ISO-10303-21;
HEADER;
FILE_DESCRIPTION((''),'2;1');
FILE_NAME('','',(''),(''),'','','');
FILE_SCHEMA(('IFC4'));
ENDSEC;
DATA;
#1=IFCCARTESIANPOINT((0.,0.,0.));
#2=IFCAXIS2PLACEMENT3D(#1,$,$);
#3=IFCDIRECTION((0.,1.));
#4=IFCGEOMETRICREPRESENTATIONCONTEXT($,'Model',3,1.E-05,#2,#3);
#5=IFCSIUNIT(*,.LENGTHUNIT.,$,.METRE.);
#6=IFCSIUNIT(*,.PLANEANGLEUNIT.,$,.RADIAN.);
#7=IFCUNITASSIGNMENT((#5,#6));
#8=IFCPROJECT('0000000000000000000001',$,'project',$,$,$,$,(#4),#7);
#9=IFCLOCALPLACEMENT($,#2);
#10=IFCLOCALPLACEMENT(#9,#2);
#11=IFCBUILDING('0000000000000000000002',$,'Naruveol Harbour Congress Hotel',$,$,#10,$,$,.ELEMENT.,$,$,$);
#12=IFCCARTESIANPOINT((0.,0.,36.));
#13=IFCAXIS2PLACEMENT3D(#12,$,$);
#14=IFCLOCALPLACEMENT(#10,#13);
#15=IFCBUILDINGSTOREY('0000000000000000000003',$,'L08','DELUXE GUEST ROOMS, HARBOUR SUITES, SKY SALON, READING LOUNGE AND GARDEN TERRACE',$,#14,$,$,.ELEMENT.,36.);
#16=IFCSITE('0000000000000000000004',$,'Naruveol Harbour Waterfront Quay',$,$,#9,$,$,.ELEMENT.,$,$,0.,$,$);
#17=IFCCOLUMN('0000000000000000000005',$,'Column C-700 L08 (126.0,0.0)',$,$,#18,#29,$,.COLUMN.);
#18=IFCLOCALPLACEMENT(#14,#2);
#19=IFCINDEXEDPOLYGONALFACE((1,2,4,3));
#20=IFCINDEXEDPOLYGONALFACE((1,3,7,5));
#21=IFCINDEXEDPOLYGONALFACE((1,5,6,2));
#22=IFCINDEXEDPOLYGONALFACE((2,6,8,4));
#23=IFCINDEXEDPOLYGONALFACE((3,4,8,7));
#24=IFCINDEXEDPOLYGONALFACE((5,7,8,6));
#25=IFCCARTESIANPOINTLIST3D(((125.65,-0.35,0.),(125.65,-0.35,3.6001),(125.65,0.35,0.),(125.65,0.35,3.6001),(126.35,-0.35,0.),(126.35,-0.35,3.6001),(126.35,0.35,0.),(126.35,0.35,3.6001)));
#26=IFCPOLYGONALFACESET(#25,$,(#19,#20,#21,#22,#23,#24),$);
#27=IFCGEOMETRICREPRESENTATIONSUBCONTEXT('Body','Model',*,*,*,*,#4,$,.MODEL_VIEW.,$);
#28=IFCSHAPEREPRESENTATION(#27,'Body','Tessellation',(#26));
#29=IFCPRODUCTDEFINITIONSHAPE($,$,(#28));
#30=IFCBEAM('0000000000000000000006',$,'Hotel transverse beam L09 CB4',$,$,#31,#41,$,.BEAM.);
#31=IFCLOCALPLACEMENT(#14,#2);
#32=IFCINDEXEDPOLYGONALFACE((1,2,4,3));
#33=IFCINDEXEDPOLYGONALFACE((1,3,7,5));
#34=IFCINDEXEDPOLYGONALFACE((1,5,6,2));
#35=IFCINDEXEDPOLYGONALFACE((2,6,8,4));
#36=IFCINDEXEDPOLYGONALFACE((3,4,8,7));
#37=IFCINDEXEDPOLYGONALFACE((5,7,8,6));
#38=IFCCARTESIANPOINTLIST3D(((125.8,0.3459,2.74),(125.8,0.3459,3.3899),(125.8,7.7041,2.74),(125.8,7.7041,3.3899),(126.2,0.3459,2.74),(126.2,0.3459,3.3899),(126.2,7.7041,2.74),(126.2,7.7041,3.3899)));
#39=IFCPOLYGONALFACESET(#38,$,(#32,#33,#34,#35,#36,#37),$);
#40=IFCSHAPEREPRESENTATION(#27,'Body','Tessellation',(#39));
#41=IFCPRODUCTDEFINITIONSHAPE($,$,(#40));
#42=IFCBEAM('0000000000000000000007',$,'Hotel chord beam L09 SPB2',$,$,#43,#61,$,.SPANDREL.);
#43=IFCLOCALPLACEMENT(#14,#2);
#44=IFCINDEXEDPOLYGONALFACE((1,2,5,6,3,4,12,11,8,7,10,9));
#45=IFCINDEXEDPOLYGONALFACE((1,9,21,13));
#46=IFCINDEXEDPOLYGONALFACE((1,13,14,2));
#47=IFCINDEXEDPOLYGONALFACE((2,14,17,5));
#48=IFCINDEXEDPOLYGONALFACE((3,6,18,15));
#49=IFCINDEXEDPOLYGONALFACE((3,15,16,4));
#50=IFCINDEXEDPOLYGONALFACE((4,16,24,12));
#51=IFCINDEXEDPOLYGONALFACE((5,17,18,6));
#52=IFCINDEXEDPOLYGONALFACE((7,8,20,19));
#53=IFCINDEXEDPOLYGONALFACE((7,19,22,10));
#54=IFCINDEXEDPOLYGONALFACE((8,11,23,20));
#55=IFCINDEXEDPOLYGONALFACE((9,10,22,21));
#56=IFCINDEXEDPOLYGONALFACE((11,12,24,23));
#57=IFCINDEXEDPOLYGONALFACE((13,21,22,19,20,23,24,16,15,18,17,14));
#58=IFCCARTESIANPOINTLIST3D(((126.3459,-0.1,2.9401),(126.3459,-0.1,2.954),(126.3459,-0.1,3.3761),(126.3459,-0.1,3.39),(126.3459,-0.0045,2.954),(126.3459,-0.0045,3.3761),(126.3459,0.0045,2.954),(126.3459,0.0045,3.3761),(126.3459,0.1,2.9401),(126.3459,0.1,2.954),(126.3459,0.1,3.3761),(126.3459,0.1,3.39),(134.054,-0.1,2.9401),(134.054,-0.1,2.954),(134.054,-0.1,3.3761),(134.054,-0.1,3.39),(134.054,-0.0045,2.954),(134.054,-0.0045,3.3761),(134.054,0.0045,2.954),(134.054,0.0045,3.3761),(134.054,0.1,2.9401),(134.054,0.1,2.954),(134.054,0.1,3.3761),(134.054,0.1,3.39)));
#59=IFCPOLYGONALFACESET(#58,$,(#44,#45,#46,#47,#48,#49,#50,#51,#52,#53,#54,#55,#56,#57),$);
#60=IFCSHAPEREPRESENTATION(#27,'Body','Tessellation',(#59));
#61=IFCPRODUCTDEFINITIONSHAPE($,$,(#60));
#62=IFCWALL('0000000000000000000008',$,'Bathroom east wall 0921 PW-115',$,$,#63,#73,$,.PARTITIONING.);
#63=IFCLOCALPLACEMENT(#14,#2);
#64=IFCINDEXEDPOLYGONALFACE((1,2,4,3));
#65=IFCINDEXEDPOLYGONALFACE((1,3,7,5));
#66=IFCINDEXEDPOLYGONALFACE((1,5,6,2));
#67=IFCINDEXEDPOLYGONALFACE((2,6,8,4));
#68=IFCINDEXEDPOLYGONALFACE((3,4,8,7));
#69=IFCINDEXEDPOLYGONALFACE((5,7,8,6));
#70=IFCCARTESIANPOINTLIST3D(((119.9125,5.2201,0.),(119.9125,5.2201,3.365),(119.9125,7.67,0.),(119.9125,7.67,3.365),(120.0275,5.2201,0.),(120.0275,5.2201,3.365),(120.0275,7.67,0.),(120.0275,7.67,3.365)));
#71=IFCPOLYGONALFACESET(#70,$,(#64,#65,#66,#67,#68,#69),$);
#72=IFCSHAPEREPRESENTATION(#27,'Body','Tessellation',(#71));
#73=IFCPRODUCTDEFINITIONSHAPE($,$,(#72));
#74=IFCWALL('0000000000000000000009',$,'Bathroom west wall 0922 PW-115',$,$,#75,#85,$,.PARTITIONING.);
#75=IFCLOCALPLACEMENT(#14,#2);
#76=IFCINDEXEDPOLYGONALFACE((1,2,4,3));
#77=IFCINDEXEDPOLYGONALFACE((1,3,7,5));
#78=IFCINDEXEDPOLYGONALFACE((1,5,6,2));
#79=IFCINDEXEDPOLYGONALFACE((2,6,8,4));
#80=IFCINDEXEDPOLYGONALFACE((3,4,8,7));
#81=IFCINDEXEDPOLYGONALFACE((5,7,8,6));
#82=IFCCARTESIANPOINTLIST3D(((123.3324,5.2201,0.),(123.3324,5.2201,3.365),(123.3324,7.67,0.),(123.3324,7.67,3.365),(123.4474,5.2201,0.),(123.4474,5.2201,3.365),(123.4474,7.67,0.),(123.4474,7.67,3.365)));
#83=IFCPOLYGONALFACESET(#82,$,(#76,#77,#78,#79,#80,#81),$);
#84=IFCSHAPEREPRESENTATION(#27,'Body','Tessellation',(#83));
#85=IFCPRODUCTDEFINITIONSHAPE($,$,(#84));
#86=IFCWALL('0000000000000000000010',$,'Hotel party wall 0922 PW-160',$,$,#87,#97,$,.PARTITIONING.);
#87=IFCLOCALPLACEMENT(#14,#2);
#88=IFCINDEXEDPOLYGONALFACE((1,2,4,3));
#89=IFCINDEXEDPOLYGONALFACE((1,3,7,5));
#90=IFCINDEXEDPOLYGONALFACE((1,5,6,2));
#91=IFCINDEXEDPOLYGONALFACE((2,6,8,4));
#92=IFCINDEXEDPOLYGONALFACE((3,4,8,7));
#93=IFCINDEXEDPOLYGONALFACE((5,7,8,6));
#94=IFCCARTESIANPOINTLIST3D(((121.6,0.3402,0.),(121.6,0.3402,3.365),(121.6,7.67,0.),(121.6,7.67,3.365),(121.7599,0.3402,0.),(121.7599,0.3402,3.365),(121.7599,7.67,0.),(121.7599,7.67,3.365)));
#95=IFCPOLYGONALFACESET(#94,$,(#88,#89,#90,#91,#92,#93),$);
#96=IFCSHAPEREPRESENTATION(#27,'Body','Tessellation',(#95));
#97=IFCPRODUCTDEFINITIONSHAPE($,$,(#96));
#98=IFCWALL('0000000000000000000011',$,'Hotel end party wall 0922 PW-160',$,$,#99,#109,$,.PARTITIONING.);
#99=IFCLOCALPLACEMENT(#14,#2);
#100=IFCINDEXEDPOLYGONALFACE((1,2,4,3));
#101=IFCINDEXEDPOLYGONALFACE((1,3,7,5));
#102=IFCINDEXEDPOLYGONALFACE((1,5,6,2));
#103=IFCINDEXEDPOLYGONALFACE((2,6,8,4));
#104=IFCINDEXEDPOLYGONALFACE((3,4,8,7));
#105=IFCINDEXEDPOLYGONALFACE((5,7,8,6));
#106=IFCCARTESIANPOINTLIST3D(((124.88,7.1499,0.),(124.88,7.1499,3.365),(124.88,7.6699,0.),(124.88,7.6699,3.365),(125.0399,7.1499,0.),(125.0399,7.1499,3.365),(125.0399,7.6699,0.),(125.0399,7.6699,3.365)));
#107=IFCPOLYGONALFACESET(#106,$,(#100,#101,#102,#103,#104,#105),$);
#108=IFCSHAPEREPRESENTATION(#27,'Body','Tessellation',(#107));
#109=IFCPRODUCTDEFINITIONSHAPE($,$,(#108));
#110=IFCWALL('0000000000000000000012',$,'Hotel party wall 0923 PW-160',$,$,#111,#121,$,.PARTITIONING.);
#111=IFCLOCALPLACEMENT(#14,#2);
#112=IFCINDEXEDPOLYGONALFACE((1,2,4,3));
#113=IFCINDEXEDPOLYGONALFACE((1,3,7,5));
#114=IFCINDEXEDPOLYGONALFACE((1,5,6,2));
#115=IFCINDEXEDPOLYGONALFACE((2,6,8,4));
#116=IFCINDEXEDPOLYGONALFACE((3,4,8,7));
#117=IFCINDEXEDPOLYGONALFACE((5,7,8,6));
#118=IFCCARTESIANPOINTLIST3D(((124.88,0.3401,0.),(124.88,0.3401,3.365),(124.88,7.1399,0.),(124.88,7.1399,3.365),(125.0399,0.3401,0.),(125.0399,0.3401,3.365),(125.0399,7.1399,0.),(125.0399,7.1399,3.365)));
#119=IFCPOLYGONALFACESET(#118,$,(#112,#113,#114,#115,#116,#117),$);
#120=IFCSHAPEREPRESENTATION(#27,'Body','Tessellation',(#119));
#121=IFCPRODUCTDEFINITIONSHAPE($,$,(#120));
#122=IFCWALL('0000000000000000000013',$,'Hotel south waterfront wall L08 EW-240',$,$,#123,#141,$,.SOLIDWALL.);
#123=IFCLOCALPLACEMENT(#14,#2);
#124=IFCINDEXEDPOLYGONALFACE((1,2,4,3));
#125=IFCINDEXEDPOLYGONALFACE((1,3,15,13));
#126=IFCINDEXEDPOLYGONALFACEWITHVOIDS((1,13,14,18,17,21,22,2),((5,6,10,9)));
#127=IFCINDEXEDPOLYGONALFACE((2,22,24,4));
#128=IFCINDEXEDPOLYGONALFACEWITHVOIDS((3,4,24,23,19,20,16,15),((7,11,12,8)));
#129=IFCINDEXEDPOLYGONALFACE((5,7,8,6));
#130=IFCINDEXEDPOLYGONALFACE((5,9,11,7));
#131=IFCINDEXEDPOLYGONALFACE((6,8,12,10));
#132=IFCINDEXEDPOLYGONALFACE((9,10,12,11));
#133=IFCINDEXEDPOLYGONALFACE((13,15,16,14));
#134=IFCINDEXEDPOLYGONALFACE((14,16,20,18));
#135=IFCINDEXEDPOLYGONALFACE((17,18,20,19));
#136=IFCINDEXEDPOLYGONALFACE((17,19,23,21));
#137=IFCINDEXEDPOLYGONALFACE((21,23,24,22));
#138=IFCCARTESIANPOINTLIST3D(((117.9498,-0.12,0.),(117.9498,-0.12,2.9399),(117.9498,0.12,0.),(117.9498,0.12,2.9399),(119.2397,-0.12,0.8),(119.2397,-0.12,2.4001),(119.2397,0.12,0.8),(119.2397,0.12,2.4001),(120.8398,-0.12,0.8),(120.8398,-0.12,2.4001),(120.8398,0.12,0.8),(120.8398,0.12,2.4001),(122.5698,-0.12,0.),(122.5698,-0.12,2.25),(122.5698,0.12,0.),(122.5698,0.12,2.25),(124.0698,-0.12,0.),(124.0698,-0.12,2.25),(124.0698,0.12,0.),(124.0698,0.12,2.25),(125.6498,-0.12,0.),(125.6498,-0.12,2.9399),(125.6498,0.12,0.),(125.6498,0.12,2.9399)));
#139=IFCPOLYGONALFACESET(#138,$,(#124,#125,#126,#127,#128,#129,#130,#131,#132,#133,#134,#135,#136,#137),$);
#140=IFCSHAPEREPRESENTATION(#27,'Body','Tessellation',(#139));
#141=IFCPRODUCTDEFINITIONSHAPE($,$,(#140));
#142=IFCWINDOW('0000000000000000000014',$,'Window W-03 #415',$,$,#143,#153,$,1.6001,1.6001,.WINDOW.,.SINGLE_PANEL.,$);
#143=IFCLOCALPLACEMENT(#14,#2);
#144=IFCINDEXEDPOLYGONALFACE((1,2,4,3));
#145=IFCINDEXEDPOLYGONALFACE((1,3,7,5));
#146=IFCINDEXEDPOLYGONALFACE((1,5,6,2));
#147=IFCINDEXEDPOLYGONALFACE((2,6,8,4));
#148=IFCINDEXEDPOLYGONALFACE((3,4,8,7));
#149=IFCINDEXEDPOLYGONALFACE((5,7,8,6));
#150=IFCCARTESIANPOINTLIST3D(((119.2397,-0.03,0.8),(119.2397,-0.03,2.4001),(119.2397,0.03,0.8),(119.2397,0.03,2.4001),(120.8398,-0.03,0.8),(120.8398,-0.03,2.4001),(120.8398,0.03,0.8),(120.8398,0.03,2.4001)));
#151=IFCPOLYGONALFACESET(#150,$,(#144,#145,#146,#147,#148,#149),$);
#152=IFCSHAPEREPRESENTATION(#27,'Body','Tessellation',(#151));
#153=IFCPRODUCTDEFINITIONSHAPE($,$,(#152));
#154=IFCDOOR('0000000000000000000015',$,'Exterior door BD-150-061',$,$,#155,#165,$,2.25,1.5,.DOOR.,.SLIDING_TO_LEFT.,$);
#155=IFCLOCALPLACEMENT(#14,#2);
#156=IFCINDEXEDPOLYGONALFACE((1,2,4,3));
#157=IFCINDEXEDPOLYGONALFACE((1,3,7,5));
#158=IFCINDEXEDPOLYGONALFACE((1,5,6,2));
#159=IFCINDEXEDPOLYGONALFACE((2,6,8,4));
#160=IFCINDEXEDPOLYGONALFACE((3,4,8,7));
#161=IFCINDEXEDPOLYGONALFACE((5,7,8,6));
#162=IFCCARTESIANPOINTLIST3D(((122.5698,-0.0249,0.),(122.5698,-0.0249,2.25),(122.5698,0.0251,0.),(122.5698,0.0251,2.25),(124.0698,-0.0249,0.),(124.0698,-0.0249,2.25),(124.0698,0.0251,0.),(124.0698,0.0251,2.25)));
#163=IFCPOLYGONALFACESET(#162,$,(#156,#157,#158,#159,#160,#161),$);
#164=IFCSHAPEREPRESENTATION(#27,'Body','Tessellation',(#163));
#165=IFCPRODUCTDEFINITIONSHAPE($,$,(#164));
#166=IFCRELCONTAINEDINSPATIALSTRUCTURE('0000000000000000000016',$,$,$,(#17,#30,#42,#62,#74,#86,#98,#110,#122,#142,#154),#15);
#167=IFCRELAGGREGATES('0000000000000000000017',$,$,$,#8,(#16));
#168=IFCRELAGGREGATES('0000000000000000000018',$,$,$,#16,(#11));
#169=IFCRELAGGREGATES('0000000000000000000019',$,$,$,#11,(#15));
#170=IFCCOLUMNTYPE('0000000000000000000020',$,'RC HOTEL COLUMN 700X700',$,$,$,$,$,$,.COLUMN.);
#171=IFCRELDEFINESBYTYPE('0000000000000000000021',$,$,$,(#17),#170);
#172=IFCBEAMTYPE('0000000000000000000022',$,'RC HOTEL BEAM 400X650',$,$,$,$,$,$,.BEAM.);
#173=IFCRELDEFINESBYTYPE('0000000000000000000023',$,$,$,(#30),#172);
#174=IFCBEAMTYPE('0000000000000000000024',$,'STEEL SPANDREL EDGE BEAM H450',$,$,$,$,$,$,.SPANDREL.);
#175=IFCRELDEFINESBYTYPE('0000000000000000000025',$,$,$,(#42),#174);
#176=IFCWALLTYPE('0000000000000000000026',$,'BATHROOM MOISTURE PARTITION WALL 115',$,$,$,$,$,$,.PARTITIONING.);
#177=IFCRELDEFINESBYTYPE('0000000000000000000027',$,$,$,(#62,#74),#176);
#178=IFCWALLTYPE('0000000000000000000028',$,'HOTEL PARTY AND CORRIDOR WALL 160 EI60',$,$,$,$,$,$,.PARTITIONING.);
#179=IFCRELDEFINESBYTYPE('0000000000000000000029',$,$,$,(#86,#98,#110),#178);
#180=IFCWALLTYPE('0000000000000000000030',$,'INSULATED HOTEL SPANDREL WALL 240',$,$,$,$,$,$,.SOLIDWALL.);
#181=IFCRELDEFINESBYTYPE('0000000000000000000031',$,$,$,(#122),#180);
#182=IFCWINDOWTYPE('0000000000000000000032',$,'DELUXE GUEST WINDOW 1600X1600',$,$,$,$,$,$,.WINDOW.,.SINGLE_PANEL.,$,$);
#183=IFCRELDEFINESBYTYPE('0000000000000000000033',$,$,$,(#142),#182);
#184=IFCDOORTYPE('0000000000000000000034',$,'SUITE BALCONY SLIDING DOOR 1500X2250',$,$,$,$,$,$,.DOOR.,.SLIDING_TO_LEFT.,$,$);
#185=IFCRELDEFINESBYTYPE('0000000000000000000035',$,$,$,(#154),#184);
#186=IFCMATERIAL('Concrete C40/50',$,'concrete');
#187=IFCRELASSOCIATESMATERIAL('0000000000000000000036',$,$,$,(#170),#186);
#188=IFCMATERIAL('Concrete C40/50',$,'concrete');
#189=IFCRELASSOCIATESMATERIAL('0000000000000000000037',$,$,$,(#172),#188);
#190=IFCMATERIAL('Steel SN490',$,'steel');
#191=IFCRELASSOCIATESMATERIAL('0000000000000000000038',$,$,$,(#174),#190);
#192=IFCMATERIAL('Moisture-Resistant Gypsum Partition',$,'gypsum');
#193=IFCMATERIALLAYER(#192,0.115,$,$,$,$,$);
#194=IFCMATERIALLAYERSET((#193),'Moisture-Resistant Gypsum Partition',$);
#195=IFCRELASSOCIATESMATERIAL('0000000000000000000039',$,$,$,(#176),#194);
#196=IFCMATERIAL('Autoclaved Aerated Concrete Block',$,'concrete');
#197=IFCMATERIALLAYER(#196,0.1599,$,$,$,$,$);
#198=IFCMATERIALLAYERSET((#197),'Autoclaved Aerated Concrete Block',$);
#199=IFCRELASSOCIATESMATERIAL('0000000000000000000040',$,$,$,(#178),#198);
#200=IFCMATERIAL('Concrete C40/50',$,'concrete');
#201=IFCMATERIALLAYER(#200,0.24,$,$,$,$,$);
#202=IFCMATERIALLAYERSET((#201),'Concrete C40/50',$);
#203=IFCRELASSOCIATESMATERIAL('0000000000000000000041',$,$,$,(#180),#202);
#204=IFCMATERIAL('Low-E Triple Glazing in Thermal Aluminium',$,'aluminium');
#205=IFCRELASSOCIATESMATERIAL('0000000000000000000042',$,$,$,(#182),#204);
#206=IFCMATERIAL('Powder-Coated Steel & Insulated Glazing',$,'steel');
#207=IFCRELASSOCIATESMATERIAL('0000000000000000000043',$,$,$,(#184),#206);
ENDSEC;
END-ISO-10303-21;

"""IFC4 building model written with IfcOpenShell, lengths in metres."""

from ifc_helpers import new_model, si_unit, direction, frame, frame_2d, origin, origin_2d, place, context, subcontext, project, spatial, rectangle, i_section, extrude, material, layer, layer_set, material_profile, profile_set, type_object, element, fill, save


model = new_model("IFC4")

# Units and contexts
model_context = context("Model", 3, precision=1e-05, world=origin(), true_north=direction((0.0, 1.0)))
body_context = subcontext(model_context, "Body", "Model", "MODEL_VIEW")
ifc_project = project(units=[si_unit("LENGTHUNIT", "METRE"), si_unit("PLANEANGLEUNIT", "RADIAN")], contexts=[model_context])

# Site, building, storey
site_placement = place(None, origin())
site = spatial("IfcSite", under=ifc_project, at=site_placement, Name="Naruveol Harbour Waterfront Quay", CompositionType="ELEMENT", RefElevation=0.0)
building_placement = place(site_placement, origin())
building = spatial("IfcBuilding", under=site, at=building_placement, Name="Naruveol Harbour Congress Hotel", CompositionType="ELEMENT")
storey_placement = place(building_placement, frame((0.0, 0.0, 36.0)))
storey = spatial("IfcBuildingStorey", under=building, at=storey_placement, Name="L08", Description="DELUXE GUEST ROOMS, HARBOUR SUITES, SKY SALON, READING LOUNGE AND GARDEN TERRACE", CompositionType="ELEMENT", Elevation=36.0)

# Column
ifc_material_1 = material(Name="Concrete C40/50", Category="concrete")
ifc_material_profile_1 = material_profile(ifc_material_1, rectangle(XDim=0.7, YDim=0.7, at=origin_2d()), Name="RC-700x700")
ifc_profile_set_1 = profile_set([ifc_material_profile_1], Name="Concrete C40/50")
column_type = type_object("IfcColumnType", Name="RC HOTEL COLUMN 700X700", PredefinedType="COLUMN", material=ifc_profile_set_1)
column_placement = place(storey_placement, frame((126.0, 0.0, 0.0), z_axis=(0.0, 0.0, 1.0), x_axis=(1.0, 0.0, 0.0)))
element("IfcColumn", 1, at=column_placement, inside=storey, type_object=column_type, Name="Column C-700 L08 (126.0,0.0)", PredefinedType="COLUMN", context=body_context, shape_type="SweptSolid", body=[
    extrude(rectangle(XDim=0.7, YDim=0.7, at=origin_2d()), origin(), (0.0, 0.0, 1.0), 3.6001),
])

# Beams
ifc_material_2 = material(Name="Concrete C40/50", Category="concrete")
ifc_material_profile_2 = material_profile(ifc_material_2, rectangle(XDim=0.3999, YDim=0.6499, at=origin_2d()), Name="RCB-400x650")
ifc_profile_set_2 = profile_set([ifc_material_profile_2], Name="Concrete C40/50")
beam_type_1 = type_object("IfcBeamType", Name="RC HOTEL BEAM 400X650", PredefinedType="BEAM", material=ifc_profile_set_2)
beam_1_placement = place(storey_placement, frame((126.0, 0.3459, 3.0649), z_axis=(0.0, 1.0, 0.0), x_axis=(-1.0, 0.0, 0.0)))
element("IfcBeam", 2, at=beam_1_placement, inside=storey, type_object=beam_type_1, Name="Hotel transverse beam L09 CB4", PredefinedType="BEAM", context=body_context, shape_type="SweptSolid", body=[
    extrude(rectangle(XDim=0.3999, YDim=0.6499, at=origin_2d()), origin(), (0.0, 0.0, 1.0), 7.3582),
])
ifc_material_3 = material(Name="Steel SN490", Category="steel")
ifc_material_profile_3 = material_profile(ifc_material_3, i_section(OverallWidth=0.2, OverallDepth=0.45, WebThickness=0.009, FlangeThickness=0.0139, at=origin_2d()), Name="H-450x200x9x14")
ifc_profile_set_3 = profile_set([ifc_material_profile_3], Name="Steel SN490")
beam_type_2 = type_object("IfcBeamType", Name="STEEL SPANDREL EDGE BEAM H450", PredefinedType="SPANDREL", material=ifc_profile_set_3)
beam_2_placement = place(storey_placement, frame((126.3459, 0.0, 3.165), z_axis=(1.0, 0.0, 0.0), x_axis=(0.0, 1.0, 0.0)))
element("IfcBeam", 3, at=beam_2_placement, inside=storey, type_object=beam_type_2, Name="Hotel chord beam L09 SPB2", PredefinedType="SPANDREL", context=body_context, shape_type="SweptSolid", body=[
    extrude(i_section(OverallWidth=0.2, OverallDepth=0.45, WebThickness=0.009, FlangeThickness=0.0139, at=origin_2d()), origin(), (0.0, 0.0, 1.0), 7.708),
])

# Walls
ifc_material_4 = material(Name="Moisture-Resistant Gypsum Partition", Category="gypsum")
ifc_layer_1 = layer(ifc_material_4, 0.115)
ifc_layer_set_1 = layer_set([ifc_layer_1], Name="Moisture-Resistant Gypsum Partition")
wall_type_1 = type_object("IfcWallType", Name="BATHROOM MOISTURE PARTITION WALL 115", PredefinedType="PARTITIONING", material=ifc_layer_set_1)
for number, where, z_axis, x_axis, name in (
    (4, (119.97, 5.22, 0.0), (0.0, 0.0, 1.0), (0.0, 1.0, 0.0), "Bathroom east wall 0921 PW-115"),
    (5, (123.3899, 5.22, 0.0), (0.0, 0.0, 1.0), (0.0, 1.0, 0.0), "Bathroom west wall 0922 PW-115"),
):
    element("IfcWall", number, at=place(storey_placement, frame(where, z_axis=z_axis, x_axis=x_axis)), inside=storey, type_object=wall_type_1, Name=name, PredefinedType="PARTITIONING", context=body_context, shape_type="SweptSolid", body=[
        extrude(rectangle(XDim=2.45, YDim=0.115, at=frame_2d((1.2251, 0.0))), origin(), (0.0, 0.0, 1.0), 3.365),
    ])

# Walls
ifc_material_5 = material(Name="Autoclaved Aerated Concrete Block", Category="concrete")
ifc_layer_2 = layer(ifc_material_5, 0.1599)
ifc_layer_set_2 = layer_set([ifc_layer_2], Name="Autoclaved Aerated Concrete Block")
wall_type_2 = type_object("IfcWallType", Name="HOTEL PARTY AND CORRIDOR WALL 160 EI60", PredefinedType="PARTITIONING", material=ifc_layer_set_2)
wall_1_placement = place(storey_placement, frame((121.6799, 0.3401, 0.0), z_axis=(0.0, 0.0, 1.0), x_axis=(0.0, 1.0, 0.0)))
element("IfcWall", 6, at=wall_1_placement, inside=storey, type_object=wall_type_2, Name="Hotel party wall 0922 PW-160", PredefinedType="PARTITIONING", context=body_context, shape_type="SweptSolid", body=[
    extrude(rectangle(XDim=7.3298, YDim=0.1599, at=frame_2d((3.665, 0.0))), origin(), (0.0, 0.0, 1.0), 3.365),
])
wall_2_placement = place(storey_placement, frame((124.96, 7.1499, 0.0), z_axis=(0.0, 0.0, 1.0), x_axis=(0.0, 1.0, 0.0)))
element("IfcWall", 7, at=wall_2_placement, inside=storey, type_object=wall_type_2, Name="Hotel end party wall 0922 PW-160", PredefinedType="PARTITIONING", context=body_context, shape_type="SweptSolid", body=[
    extrude(rectangle(XDim=0.52, YDim=0.1599, at=frame_2d((0.26, 0.0))), origin(), (0.0, 0.0, 1.0), 3.365),
])
wall_3_placement = place(storey_placement, frame((124.96, 0.3401, 0.0), z_axis=(0.0, 0.0, 1.0), x_axis=(0.0, 1.0, 0.0)))
element("IfcWall", 8, at=wall_3_placement, inside=storey, type_object=wall_type_2, Name="Hotel party wall 0923 PW-160", PredefinedType="PARTITIONING", context=body_context, shape_type="SweptSolid", body=[
    extrude(rectangle(XDim=6.7998, YDim=0.1599, at=frame_2d((3.3999, 0.0))), origin(), (0.0, 0.0, 1.0), 3.365),
])

# Wall, openings, window, door
ifc_material_6 = material(Name="Concrete C40/50", Category="concrete")
ifc_layer_3 = layer(ifc_material_6, 0.24)
ifc_layer_set_3 = layer_set([ifc_layer_3], Name="Concrete C40/50")
wall_type_3 = type_object("IfcWallType", Name="INSULATED HOTEL SPANDREL WALL 240", PredefinedType="SOLIDWALL", material=ifc_layer_set_3)
wall_4_placement = place(storey_placement, frame((125.6499, 0.0, 0.0), z_axis=(0.0, 0.0, 1.0), x_axis=(-1.0, 0.0, 0.0)))
wall_4 = element("IfcWall", 9, at=wall_4_placement, inside=storey, type_object=wall_type_3, Name="Hotel south waterfront wall L08 EW-240", PredefinedType="SOLIDWALL", context=body_context, shape_type="SweptSolid", body=[
    extrude(rectangle(XDim=7.7, YDim=0.24, at=frame_2d((3.8501, 0.0))), origin(), (0.0, 0.0, 1.0), 2.9399),
])
opening_1_placement = place(wall_4_placement, frame((1.5801, 0.0, 0.0)))
opening_1 = element("IfcOpeningElement", 10, at=opening_1_placement, cuts=wall_4, PredefinedType="OPENING", context=body_context, shape_type="SweptSolid", body=[
    extrude(rectangle(XDim=1.5, YDim=2.25, at=frame_2d((0.75, 1.125))), frame((0.0, 0.1299, 0.0), z_axis=(0.0, -1.0, 0.0), x_axis=(1.0, 0.0, 0.0)), (0.0, 0.0, 1.0), 0.26),
])
opening_2_placement = place(wall_4_placement, frame((4.8101, 0.0, 0.8)))
opening_2 = element("IfcOpeningElement", 11, at=opening_2_placement, cuts=wall_4, PredefinedType="OPENING", context=body_context, shape_type="SweptSolid", body=[
    extrude(rectangle(XDim=1.6001, YDim=1.6001, at=frame_2d((0.8, 0.8))), frame((0.0, 0.1299, 0.0), z_axis=(0.0, -1.0, 0.0), x_axis=(1.0, 0.0, 0.0)), (0.0, 0.0, 1.0), 0.26),
])
ifc_material_7 = material(Name="Low-E Triple Glazing in Thermal Aluminium", Category="aluminium")
window_type = type_object("IfcWindowType", Name="DELUXE GUEST WINDOW 1600X1600", PartitioningType="SINGLE_PANEL", PredefinedType="WINDOW", material=ifc_material_7)
window_placement = place(opening_2_placement, origin())
window = element("IfcWindow", 12, at=window_placement, inside=storey, type_object=window_type, Name="Window W-03 #415", OverallHeight=1.6001, OverallWidth=1.6001, PartitioningType="SINGLE_PANEL", PredefinedType="WINDOW", context=body_context, shape_type="SweptSolid", body=[
    extrude(rectangle(XDim=1.6001, YDim=1.6001, at=frame_2d((0.8, 0.8))), frame((0.0, 0.03, 0.0), z_axis=(0.0, -1.0, 0.0), x_axis=(1.0, 0.0, 0.0)), (0.0, 0.0, 1.0), 0.0601),
])
fill(opening_2, window)
ifc_material_8 = material(Name="Powder-Coated Steel & Insulated Glazing", Category="steel")
door_type_1 = type_object("IfcDoorType", Name="SUITE BALCONY SLIDING DOOR 1500X2250", OperationType="SLIDING_TO_LEFT", PredefinedType="DOOR", material=ifc_material_8)
door_1_placement = place(opening_1_placement, origin())
door_1 = element("IfcDoor", 13, at=door_1_placement, inside=storey, type_object=door_type_1, Name="Exterior door BD-150-061", OperationType="SLIDING_TO_LEFT", OverallHeight=2.25, OverallWidth=1.5, PredefinedType="DOOR", context=body_context, shape_type="SweptSolid", body=[
    extrude(rectangle(XDim=1.5, YDim=2.25, at=frame_2d((0.75, 1.125))), frame((0.0, 0.0249, 0.0), z_axis=(0.0, -1.0, 0.0), x_axis=(1.0, 0.0, 0.0)), (0.0, 0.0, 1.0), 0.05),
])
fill(opening_1, door_1)

save(model, "model.ifc")
